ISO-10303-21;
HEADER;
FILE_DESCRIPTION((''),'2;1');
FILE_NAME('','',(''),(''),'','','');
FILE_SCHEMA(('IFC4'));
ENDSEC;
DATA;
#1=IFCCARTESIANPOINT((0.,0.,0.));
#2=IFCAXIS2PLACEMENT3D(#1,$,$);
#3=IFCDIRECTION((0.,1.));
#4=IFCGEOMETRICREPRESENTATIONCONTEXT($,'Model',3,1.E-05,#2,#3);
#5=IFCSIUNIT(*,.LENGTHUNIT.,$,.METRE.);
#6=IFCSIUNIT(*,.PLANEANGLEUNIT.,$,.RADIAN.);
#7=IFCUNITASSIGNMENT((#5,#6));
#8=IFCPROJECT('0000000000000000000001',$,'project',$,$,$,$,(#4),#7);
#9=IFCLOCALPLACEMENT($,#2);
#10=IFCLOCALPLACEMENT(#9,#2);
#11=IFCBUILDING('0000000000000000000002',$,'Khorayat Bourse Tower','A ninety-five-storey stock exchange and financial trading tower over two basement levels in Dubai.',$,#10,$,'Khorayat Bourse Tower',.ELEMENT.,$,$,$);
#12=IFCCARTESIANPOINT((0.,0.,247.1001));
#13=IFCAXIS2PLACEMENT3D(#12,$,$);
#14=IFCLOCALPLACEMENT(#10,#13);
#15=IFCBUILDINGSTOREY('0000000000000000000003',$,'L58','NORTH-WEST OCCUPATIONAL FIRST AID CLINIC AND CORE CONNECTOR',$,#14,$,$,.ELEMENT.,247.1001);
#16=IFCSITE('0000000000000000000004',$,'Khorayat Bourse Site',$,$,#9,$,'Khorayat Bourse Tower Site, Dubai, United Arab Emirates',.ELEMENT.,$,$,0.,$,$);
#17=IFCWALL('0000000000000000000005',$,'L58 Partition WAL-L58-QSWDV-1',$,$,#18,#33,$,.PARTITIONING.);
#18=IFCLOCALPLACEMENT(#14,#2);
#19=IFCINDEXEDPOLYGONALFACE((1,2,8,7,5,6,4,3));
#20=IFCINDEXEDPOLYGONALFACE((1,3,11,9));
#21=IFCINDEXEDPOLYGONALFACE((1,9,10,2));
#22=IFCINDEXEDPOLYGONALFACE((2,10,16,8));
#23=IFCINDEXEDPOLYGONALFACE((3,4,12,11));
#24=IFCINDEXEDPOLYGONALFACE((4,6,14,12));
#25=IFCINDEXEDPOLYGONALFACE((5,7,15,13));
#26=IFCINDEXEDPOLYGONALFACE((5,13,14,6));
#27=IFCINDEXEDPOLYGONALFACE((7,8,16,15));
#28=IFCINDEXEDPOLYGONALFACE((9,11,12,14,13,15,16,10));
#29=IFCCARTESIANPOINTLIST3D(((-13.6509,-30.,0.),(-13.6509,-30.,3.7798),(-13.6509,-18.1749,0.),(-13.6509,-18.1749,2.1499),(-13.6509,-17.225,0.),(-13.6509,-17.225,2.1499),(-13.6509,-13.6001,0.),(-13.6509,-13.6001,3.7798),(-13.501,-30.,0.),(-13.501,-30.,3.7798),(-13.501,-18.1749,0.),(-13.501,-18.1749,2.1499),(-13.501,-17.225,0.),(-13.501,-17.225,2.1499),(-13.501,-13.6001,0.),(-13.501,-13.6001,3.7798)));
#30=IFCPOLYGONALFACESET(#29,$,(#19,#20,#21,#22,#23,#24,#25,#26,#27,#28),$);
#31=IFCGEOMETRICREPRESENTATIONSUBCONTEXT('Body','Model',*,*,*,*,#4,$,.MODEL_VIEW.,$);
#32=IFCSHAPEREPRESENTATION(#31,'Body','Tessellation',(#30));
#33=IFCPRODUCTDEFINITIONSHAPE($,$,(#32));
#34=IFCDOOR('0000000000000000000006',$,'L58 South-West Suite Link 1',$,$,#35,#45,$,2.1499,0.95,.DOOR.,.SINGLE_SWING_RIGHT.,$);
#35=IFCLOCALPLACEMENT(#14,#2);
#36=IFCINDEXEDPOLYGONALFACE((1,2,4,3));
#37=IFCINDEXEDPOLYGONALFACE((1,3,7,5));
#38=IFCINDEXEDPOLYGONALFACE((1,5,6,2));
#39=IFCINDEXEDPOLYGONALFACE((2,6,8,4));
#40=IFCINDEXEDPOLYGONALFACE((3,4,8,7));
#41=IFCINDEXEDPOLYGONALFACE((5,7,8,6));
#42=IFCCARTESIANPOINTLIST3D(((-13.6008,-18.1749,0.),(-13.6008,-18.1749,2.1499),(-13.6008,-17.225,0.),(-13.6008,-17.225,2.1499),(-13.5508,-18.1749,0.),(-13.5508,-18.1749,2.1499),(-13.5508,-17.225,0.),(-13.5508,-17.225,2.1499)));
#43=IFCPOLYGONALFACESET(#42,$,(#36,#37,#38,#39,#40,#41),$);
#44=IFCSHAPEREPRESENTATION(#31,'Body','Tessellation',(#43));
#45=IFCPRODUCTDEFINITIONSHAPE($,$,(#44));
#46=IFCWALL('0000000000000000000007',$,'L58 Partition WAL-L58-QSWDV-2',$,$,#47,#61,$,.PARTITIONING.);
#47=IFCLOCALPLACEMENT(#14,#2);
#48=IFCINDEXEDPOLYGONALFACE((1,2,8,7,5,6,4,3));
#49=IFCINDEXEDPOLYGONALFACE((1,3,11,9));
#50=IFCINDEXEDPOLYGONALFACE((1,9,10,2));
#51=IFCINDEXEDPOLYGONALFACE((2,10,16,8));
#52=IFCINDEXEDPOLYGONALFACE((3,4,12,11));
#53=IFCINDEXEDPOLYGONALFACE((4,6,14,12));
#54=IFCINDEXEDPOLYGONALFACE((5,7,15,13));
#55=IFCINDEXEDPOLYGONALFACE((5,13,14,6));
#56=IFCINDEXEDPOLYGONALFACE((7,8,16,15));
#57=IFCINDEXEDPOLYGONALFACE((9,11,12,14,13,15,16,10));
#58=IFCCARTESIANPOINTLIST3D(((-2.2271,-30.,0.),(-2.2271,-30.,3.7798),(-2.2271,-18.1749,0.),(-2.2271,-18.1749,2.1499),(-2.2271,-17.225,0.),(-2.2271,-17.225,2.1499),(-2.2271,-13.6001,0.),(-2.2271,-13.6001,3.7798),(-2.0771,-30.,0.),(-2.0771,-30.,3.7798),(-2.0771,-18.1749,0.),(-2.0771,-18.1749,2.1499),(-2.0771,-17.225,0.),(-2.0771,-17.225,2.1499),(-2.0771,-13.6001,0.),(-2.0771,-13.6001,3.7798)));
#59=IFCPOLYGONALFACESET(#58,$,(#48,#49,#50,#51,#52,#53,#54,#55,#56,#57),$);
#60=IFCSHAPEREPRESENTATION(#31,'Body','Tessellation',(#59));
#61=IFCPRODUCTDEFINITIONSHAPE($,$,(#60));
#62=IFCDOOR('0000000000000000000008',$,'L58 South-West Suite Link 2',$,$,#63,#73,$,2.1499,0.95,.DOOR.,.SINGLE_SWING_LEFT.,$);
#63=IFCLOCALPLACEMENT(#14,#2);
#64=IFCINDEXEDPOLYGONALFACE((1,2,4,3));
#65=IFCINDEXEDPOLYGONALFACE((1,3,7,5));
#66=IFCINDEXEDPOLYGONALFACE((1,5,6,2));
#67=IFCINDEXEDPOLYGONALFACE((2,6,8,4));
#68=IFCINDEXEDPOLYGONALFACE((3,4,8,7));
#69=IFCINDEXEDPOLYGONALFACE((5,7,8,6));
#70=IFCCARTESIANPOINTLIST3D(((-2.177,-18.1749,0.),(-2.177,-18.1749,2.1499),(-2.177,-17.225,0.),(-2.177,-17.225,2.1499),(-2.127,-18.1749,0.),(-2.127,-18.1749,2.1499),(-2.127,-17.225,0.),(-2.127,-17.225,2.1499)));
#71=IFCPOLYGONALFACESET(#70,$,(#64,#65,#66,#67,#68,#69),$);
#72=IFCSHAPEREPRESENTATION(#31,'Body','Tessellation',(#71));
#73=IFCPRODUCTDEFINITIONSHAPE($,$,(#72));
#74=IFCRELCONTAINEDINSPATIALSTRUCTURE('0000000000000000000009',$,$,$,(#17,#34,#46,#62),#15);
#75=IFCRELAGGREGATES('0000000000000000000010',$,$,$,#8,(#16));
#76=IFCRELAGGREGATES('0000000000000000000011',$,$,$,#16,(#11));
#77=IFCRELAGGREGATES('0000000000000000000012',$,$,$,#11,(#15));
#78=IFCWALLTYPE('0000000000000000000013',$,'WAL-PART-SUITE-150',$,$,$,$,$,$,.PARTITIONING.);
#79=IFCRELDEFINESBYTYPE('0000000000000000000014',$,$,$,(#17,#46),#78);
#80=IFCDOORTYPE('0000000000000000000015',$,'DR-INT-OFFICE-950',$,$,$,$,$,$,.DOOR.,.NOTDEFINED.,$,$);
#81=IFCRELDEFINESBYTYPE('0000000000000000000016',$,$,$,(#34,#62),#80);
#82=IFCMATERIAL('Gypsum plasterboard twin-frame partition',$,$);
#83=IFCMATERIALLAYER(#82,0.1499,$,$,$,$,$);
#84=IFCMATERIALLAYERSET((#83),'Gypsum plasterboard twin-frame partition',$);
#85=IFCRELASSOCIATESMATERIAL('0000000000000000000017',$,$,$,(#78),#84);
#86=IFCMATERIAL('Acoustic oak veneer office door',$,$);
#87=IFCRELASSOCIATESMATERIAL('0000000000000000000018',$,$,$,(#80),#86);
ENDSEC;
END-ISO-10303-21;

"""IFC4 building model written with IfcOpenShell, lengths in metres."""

from ifc_helpers import new_model, si_unit, direction, frame, frame_2d, origin, place, context, subcontext, project, spatial, rectangle, extrude, source, transform, mapped, material, layer, layer_set, type_object, element, fill, save


model = new_model("IFC4")

# Units and contexts
model_context = context("Model", 3, precision=1e-05, world=origin(), true_north=direction((0.0, 1.0)))
body_context = subcontext(model_context, "Body", "Model", "MODEL_VIEW")
ifc_project = project(units=[si_unit("LENGTHUNIT", "METRE"), si_unit("PLANEANGLEUNIT", "RADIAN")], contexts=[model_context])

# Site, building, storey
site_placement = place(None, origin())
site = spatial("IfcSite", under=ifc_project, at=site_placement, Name="Khorayat Bourse Site", LongName="Khorayat Bourse Tower Site, Dubai, United Arab Emirates", CompositionType="ELEMENT", RefElevation=0.0)
building_placement = place(site_placement, origin())
building = spatial("IfcBuilding", under=site, at=building_placement, Name="Khorayat Bourse Tower", Description="A ninety-five-storey stock exchange and financial trading tower over two basement levels in Dubai.", LongName="Khorayat Bourse Tower", CompositionType="ELEMENT")
storey_placement = place(building_placement, frame((0.0, 0.0, 247.1001)))
storey = spatial("IfcBuildingStorey", under=building, at=storey_placement, Name="L58", Description="NORTH-WEST OCCUPATIONAL FIRST AID CLINIC AND CORE CONNECTOR", CompositionType="ELEMENT", Elevation=247.1001)

# Walls, openings, doors
ifc_material_1 = material(Name="Gypsum plasterboard twin-frame partition")
ifc_layer_1 = layer(ifc_material_1, 0.1499)
ifc_layer_set_1 = layer_set([ifc_layer_1], Name="Gypsum plasterboard twin-frame partition")
wall_type_1 = type_object("IfcWallType", Name="WAL-PART-SUITE-150", PredefinedType="PARTITIONING", material=ifc_layer_set_1)
shared_shape_1 = source(origin(), body_context, "Body", "SweptSolid", [
    extrude(rectangle(XDim=16.3999, YDim=0.1499, at=frame_2d((8.2, 0.0))), origin(), (0.0, 0.0, 1.0), 3.7798),
])
wall_1_placement = place(storey_placement, frame((-13.5759, -30.0, 0.0), z_axis=(0.0, 0.0, 1.0), x_axis=(0.0, 1.0, 0.0)))
wall_1 = element("IfcWall", 1, at=wall_1_placement, inside=storey, type_object=wall_type_1, Name="L58 Partition WAL-L58-QSWDV-1", PredefinedType="PARTITIONING", context=body_context, shape_type="MappedRepresentation", body=[
    mapped(shared_shape_1, transform((0.0, 0.0, 0.0), scale=1.0)),
])
shared_shape_2 = source(origin(), body_context, "Body", "SweptSolid", [
    extrude(rectangle(XDim=0.95, YDim=2.1499, at=frame_2d((0.4751, 1.075))), frame((0.0, 0.085, 0.0), z_axis=(0.0, -1.0, 0.0), x_axis=(1.0, 0.0, 0.0)), (0.0, 0.0, 1.0), 0.1699),
])
opening_1_placement = place(wall_1_placement, frame((11.825, 0.0, 0.0)))
opening_1 = element("IfcOpeningElement", 2, at=opening_1_placement, cuts=wall_1, PredefinedType="OPENING", context=body_context, shape_type="MappedRepresentation", body=[
    mapped(shared_shape_2, transform((0.0, 0.0, 0.0), scale=1.0)),
])
ifc_material_2 = material(Name="Acoustic oak veneer office door")
door_type_1 = type_object("IfcDoorType", Name="DR-INT-OFFICE-950", OperationType="NOTDEFINED", PredefinedType="DOOR", material=ifc_material_2)
shared_shape_3 = source(origin(), body_context, "Body", "SweptSolid", [
    extrude(rectangle(XDim=0.95, YDim=2.1499, at=frame_2d((0.4751, 1.075))), frame((0.0, 0.0249, 0.0), z_axis=(0.0, -1.0, 0.0), x_axis=(1.0, 0.0, 0.0)), (0.0, 0.0, 1.0), 0.05),
])
door_1_placement = place(opening_1_placement, origin())
door_1 = element("IfcDoor", 3, at=door_1_placement, inside=storey, type_object=door_type_1, Name="L58 South-West Suite Link 1", OperationType="SINGLE_SWING_RIGHT", OverallHeight=2.1499, OverallWidth=0.95, PredefinedType="DOOR", context=body_context, shape_type="MappedRepresentation", body=[
    mapped(shared_shape_3, transform((0.0, 0.0, 0.0), scale=1.0)),
])
fill(opening_1, door_1)
wall_2_placement = place(storey_placement, frame((-2.1521, -30.0, 0.0), z_axis=(0.0, 0.0, 1.0), x_axis=(0.0, 1.0, 0.0)))
wall_2 = element("IfcWall", 4, at=wall_2_placement, inside=storey, type_object=wall_type_1, Name="L58 Partition WAL-L58-QSWDV-2", PredefinedType="PARTITIONING", context=body_context, shape_type="MappedRepresentation", body=[
    mapped(shared_shape_1, transform((0.0, 0.0, 0.0), scale=1.0)),
])
opening_2_placement = place(wall_2_placement, frame((11.825, 0.0, 0.0)))
opening_2 = element("IfcOpeningElement", 5, at=opening_2_placement, cuts=wall_2, PredefinedType="OPENING", context=body_context, shape_type="MappedRepresentation", body=[
    mapped(shared_shape_2, transform((0.0, 0.0, 0.0), scale=1.0)),
])
door_2_placement = place(opening_2_placement, origin())
door_2 = element("IfcDoor", 6, at=door_2_placement, inside=storey, type_object=door_type_1, Name="L58 South-West Suite Link 2", OperationType="SINGLE_SWING_LEFT", OverallHeight=2.1499, OverallWidth=0.95, PredefinedType="DOOR", context=body_context, shape_type="MappedRepresentation", body=[
    mapped(shared_shape_3, transform((0.0, 0.0, 0.0), scale=1.0)),
])
fill(opening_2, door_2)

save(model, "model.ifc")
